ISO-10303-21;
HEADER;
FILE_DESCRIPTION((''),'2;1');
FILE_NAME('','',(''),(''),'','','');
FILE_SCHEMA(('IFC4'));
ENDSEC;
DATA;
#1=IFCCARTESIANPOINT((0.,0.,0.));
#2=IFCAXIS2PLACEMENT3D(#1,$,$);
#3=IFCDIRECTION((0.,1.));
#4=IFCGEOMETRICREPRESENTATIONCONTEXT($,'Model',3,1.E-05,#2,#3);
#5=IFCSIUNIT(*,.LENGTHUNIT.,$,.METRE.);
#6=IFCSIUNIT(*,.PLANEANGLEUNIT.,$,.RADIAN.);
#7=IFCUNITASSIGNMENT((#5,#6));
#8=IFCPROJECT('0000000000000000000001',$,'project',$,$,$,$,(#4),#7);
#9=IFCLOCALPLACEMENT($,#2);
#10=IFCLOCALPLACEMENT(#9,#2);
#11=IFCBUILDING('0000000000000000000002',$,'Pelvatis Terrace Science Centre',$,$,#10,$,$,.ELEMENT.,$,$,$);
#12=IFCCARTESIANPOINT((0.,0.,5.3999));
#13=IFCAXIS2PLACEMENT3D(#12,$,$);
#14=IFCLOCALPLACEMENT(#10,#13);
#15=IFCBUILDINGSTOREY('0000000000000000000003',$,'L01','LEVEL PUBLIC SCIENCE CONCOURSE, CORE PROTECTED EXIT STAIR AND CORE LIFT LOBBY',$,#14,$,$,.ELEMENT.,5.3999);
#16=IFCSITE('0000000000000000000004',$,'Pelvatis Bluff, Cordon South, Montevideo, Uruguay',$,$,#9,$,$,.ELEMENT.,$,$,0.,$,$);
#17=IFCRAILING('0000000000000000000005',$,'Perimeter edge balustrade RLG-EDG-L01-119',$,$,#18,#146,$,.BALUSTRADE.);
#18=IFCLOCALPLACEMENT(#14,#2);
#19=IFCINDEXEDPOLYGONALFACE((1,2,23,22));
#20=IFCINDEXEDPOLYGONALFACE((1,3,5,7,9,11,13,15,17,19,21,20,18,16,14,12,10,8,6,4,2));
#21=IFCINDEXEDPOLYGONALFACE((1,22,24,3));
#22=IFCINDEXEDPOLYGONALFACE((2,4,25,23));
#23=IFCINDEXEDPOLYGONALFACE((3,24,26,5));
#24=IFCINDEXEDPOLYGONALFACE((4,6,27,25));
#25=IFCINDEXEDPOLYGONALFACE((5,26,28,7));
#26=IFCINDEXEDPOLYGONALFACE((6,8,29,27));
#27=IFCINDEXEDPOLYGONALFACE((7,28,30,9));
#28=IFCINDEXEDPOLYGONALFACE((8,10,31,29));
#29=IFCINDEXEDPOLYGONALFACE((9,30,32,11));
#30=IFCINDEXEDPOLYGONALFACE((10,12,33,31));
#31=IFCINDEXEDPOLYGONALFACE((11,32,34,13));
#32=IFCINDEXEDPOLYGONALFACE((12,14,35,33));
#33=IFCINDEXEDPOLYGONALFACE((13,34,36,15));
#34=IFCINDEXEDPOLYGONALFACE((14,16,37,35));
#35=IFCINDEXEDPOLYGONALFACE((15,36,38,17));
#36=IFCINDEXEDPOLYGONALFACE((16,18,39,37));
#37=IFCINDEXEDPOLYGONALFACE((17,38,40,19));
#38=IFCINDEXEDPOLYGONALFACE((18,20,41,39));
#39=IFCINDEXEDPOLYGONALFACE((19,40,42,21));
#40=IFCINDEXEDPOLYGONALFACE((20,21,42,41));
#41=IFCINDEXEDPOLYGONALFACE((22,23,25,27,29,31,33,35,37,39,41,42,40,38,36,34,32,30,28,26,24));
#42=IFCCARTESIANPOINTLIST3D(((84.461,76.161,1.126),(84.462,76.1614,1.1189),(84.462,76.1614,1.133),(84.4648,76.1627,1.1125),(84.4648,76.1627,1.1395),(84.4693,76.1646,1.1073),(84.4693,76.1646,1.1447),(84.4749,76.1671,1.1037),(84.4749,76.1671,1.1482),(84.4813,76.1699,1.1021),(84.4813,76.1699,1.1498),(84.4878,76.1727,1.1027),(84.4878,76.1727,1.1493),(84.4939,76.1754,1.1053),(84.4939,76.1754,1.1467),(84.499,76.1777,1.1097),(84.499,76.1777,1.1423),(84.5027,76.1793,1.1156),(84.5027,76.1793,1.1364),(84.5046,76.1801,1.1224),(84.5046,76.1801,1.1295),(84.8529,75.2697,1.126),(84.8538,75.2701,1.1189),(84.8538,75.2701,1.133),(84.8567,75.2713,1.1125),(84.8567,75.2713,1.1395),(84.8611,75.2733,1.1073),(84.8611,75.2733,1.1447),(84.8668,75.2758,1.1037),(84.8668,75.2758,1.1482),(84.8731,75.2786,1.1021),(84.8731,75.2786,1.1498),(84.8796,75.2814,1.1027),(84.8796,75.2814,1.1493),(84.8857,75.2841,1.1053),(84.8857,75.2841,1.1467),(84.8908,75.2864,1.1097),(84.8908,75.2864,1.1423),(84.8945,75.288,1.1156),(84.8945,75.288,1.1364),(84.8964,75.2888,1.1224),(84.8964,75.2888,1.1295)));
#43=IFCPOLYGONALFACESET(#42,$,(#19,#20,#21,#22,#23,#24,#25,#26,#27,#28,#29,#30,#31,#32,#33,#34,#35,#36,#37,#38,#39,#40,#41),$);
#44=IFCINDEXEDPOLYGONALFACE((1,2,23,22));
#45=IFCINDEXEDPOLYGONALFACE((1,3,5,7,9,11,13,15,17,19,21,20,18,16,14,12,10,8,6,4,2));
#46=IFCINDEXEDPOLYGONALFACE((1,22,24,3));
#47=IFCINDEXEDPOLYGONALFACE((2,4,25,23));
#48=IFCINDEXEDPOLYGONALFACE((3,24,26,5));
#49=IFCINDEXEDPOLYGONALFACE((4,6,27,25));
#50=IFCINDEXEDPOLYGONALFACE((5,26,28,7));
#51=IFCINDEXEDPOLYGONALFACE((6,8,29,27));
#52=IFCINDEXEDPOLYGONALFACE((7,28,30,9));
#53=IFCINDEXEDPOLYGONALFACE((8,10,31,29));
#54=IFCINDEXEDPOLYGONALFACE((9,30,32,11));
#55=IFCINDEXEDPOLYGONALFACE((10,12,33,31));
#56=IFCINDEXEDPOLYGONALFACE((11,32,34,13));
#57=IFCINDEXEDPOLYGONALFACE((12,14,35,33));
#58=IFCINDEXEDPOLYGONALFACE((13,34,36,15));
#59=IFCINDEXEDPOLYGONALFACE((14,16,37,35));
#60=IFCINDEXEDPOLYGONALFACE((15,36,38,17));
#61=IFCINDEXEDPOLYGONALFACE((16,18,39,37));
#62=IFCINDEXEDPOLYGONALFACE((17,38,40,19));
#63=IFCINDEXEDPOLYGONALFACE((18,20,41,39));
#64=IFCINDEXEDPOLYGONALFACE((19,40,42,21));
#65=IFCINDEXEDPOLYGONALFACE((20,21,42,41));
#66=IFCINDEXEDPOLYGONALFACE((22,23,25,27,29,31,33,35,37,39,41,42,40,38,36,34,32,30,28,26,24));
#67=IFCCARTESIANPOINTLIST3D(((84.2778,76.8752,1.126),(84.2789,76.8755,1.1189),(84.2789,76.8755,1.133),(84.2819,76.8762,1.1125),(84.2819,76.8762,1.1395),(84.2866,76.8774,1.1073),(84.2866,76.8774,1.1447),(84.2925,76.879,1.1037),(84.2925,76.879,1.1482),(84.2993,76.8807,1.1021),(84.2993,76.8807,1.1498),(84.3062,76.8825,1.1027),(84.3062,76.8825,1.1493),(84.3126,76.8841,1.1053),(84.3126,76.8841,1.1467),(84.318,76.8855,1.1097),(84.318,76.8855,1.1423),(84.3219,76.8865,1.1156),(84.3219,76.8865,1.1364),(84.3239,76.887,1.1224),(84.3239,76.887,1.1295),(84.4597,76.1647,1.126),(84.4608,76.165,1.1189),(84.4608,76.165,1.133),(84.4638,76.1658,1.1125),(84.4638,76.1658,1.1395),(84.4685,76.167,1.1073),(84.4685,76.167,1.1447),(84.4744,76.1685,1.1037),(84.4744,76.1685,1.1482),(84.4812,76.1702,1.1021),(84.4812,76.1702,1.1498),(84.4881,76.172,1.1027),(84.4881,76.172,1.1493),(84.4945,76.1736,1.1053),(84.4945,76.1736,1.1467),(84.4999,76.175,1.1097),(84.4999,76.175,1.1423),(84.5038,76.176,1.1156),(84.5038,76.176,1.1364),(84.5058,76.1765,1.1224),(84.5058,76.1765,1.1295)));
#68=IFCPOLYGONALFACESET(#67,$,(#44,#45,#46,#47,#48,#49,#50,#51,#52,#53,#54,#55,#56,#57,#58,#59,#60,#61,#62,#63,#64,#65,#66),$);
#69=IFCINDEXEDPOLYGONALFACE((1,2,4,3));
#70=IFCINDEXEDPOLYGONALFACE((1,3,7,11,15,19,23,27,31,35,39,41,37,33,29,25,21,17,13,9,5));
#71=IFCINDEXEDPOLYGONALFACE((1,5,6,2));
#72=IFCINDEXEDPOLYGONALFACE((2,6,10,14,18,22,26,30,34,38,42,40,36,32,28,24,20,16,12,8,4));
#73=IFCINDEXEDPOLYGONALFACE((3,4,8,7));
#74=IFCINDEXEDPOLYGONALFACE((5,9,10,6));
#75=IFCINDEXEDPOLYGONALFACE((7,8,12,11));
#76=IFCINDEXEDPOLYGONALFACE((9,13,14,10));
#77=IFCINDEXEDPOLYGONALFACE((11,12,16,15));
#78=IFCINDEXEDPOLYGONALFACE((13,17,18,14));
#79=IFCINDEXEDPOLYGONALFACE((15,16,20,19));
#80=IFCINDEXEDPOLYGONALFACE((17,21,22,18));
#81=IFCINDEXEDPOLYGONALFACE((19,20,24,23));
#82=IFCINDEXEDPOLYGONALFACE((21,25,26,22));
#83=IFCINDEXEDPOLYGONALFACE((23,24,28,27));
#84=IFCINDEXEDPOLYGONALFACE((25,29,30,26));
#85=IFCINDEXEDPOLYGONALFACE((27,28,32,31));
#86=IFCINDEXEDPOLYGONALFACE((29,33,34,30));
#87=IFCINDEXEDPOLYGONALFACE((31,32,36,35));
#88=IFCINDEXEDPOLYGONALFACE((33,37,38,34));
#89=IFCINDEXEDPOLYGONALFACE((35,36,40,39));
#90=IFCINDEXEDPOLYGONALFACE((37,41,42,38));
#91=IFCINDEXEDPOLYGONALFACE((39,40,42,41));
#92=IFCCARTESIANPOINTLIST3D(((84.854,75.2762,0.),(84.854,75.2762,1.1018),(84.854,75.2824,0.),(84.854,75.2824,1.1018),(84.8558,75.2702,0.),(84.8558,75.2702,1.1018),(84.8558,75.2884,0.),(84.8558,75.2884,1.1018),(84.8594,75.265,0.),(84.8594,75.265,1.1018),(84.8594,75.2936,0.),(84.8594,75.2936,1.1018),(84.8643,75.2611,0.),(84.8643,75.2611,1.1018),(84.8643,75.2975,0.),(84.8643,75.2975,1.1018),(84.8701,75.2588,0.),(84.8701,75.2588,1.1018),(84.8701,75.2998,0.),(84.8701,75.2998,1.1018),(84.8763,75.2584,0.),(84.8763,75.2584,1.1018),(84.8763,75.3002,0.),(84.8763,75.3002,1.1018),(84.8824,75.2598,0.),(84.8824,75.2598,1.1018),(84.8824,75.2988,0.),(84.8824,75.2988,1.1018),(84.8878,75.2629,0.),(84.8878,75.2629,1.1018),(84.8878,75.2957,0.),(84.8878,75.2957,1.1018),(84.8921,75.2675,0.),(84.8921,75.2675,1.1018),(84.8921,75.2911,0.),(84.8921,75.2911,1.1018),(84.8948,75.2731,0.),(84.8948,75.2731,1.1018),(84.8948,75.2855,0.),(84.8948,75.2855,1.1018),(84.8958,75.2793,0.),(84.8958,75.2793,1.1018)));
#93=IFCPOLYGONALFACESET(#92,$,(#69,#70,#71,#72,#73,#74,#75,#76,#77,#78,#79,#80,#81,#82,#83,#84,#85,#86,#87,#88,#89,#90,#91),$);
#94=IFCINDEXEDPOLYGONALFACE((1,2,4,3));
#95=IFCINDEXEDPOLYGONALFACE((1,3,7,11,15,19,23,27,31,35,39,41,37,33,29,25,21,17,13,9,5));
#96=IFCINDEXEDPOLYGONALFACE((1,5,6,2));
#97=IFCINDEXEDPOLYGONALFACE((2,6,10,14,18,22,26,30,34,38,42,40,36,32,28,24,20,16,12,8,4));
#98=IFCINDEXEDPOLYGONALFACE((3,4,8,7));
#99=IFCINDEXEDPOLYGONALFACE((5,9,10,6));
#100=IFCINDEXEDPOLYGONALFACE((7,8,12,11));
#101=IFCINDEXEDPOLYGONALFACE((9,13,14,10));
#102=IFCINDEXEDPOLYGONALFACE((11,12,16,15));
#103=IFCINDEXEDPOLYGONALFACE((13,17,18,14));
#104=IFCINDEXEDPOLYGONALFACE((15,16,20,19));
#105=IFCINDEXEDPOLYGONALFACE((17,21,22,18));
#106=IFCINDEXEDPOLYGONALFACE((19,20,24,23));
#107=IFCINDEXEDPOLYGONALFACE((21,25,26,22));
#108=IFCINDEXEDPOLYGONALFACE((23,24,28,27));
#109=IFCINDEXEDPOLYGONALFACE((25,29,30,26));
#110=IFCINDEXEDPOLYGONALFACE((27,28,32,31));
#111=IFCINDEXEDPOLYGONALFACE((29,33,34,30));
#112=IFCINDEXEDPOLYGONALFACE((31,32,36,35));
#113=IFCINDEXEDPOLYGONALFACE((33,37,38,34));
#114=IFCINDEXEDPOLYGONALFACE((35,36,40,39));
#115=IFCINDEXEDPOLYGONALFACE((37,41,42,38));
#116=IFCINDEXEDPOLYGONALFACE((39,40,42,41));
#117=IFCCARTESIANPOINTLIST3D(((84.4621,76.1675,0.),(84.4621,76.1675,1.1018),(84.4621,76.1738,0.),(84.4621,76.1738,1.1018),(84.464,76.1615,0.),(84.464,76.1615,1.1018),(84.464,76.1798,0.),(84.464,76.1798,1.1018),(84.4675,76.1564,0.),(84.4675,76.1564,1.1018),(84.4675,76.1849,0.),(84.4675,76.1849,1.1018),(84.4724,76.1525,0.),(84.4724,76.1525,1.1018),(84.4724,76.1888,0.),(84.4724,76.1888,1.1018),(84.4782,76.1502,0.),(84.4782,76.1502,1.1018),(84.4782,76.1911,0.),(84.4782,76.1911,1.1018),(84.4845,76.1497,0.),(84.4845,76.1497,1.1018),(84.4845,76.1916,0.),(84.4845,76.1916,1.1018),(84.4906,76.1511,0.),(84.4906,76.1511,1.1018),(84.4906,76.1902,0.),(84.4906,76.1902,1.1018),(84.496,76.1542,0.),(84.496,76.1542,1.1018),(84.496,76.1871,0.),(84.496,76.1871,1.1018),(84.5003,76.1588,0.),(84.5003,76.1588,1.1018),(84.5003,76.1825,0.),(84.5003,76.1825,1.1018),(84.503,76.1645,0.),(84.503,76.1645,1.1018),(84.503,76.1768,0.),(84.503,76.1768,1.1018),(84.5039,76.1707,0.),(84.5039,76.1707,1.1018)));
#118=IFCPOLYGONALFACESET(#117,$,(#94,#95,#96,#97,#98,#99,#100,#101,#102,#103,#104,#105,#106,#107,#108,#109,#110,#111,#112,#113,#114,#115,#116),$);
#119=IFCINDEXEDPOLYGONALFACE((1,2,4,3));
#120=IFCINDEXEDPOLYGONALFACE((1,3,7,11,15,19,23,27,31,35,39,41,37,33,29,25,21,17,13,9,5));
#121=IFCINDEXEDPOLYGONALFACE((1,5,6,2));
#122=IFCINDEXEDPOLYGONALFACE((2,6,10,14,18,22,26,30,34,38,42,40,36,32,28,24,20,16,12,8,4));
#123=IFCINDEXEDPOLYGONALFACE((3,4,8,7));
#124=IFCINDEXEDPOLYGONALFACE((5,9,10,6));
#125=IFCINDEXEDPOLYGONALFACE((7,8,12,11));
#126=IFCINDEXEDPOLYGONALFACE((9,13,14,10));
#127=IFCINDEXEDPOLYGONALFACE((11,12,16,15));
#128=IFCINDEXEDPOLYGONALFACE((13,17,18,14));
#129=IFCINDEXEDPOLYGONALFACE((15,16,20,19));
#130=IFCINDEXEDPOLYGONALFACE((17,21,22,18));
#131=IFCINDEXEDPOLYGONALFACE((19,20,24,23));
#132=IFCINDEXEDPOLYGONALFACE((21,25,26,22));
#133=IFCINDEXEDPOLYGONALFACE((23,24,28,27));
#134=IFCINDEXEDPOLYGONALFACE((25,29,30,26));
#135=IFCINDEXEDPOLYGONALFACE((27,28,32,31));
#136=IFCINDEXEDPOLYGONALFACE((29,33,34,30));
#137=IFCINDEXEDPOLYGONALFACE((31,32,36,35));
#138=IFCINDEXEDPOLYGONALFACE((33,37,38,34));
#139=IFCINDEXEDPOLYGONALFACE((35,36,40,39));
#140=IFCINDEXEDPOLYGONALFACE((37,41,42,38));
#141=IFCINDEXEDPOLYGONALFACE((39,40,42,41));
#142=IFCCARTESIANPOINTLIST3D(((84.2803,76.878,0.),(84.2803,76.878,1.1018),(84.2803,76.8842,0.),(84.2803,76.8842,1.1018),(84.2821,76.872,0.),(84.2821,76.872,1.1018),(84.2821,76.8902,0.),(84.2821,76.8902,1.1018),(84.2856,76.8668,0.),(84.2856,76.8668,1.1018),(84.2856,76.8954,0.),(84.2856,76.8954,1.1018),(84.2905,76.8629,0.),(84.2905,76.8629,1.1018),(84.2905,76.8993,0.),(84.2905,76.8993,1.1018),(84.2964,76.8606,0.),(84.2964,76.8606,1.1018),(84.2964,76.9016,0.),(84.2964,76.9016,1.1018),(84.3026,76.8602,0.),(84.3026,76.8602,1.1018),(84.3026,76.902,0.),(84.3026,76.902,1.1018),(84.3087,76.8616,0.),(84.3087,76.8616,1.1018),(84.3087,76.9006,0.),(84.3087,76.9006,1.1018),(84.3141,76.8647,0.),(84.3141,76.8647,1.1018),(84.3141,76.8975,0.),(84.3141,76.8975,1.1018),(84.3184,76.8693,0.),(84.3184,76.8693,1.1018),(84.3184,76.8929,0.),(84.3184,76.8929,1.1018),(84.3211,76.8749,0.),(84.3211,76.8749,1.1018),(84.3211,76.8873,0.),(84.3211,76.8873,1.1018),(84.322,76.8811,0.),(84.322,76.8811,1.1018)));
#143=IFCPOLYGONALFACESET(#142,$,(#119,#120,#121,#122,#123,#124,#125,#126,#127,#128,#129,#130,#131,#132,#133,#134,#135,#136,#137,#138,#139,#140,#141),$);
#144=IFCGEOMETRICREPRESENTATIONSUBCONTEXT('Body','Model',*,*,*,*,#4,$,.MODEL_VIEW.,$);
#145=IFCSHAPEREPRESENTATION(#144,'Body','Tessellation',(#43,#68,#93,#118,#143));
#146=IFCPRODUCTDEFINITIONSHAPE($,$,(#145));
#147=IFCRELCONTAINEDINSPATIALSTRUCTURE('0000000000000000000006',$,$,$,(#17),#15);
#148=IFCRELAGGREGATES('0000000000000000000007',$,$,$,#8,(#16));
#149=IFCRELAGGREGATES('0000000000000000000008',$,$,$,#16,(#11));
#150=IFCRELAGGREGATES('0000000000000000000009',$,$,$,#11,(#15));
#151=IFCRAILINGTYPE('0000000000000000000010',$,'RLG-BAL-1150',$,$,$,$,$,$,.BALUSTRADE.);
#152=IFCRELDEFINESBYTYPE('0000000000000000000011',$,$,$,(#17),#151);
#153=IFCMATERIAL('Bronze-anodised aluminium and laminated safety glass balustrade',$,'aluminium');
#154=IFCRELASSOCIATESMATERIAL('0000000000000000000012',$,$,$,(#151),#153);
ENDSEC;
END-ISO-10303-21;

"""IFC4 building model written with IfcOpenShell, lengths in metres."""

from ifc_helpers import new_model, si_unit, direction, frame, origin, origin_2d, place, context, subcontext, project, spatial, circle, extrude, material, type_object, element, save


model = new_model("IFC4")

# Units and contexts
model_context = context("Model", 3, precision=1e-05, world=origin(), true_north=direction((0.0, 1.0)))
body_context = subcontext(model_context, "Body", "Model", "MODEL_VIEW")
ifc_project = project(units=[si_unit("LENGTHUNIT", "METRE"), si_unit("PLANEANGLEUNIT", "RADIAN")], contexts=[model_context])

# Site, building, storey
site_placement = place(None, origin())
site = spatial("IfcSite", under=ifc_project, at=site_placement, Name="Pelvatis Bluff, Cordon South, Montevideo, Uruguay", CompositionType="ELEMENT", RefElevation=0.0)
building_placement = place(site_placement, origin())
building = spatial("IfcBuilding", under=site, at=building_placement, Name="Pelvatis Terrace Science Centre", CompositionType="ELEMENT")
storey_placement = place(building_placement, frame((0.0, 0.0, 5.3999)))
storey = spatial("IfcBuildingStorey", under=building, at=storey_placement, Name="L01", Description="LEVEL PUBLIC SCIENCE CONCOURSE, CORE PROTECTED EXIT STAIR AND CORE LIFT LOBBY", CompositionType="ELEMENT", Elevation=5.3999)

# Railing
ifc_material_1 = material(Name="Bronze-anodised aluminium and laminated safety glass balustrade", Category="aluminium")
railing_type = type_object("IfcRailingType", Name="RLG-BAL-1150", PredefinedType="BALUSTRADE", material=ifc_material_1)
railing_1_placement = place(storey_placement, frame((84.8748, 75.2793, 0.0)))
element("IfcRailing", 1, at=railing_1_placement, inside=storey, type_object=railing_type, Name="Perimeter edge balustrade RLG-EDG-L01-119", PredefinedType="BALUSTRADE", context=body_context, shape_type="SweptSolid", body=[
    extrude(circle(Radius=0.0239, at=origin_2d()), frame((0.0, 0.0, 1.126), z_axis=(-0.402436, 0.915448, 0.0), x_axis=(-0.915448, -0.402436, 0.0)), (0.0, 0.0, 1.0), 0.9736),
    extrude(circle(Radius=0.0239, at=origin_2d()), frame((-0.3918, 0.8914, 1.126), z_axis=(-0.248015, 0.968756, 0.0), x_axis=(-0.968756, -0.248015, 0.0)), (0.0, 0.0, 1.0), 0.7334),
    extrude(circle(Radius=0.021, at=origin_2d()), origin(), (0.0, 0.0, 1.0), 1.1018),
    extrude(circle(Radius=0.021, at=origin_2d()), frame((-0.3918, 0.8914, 0.0)), (0.0, 0.0, 1.0), 1.1018),
    extrude(circle(Radius=0.021, at=origin_2d()), frame((-0.5737, 1.6018, 0.0)), (0.0, 0.0, 1.0), 1.1018),
])

save(model, "model.ifc")
